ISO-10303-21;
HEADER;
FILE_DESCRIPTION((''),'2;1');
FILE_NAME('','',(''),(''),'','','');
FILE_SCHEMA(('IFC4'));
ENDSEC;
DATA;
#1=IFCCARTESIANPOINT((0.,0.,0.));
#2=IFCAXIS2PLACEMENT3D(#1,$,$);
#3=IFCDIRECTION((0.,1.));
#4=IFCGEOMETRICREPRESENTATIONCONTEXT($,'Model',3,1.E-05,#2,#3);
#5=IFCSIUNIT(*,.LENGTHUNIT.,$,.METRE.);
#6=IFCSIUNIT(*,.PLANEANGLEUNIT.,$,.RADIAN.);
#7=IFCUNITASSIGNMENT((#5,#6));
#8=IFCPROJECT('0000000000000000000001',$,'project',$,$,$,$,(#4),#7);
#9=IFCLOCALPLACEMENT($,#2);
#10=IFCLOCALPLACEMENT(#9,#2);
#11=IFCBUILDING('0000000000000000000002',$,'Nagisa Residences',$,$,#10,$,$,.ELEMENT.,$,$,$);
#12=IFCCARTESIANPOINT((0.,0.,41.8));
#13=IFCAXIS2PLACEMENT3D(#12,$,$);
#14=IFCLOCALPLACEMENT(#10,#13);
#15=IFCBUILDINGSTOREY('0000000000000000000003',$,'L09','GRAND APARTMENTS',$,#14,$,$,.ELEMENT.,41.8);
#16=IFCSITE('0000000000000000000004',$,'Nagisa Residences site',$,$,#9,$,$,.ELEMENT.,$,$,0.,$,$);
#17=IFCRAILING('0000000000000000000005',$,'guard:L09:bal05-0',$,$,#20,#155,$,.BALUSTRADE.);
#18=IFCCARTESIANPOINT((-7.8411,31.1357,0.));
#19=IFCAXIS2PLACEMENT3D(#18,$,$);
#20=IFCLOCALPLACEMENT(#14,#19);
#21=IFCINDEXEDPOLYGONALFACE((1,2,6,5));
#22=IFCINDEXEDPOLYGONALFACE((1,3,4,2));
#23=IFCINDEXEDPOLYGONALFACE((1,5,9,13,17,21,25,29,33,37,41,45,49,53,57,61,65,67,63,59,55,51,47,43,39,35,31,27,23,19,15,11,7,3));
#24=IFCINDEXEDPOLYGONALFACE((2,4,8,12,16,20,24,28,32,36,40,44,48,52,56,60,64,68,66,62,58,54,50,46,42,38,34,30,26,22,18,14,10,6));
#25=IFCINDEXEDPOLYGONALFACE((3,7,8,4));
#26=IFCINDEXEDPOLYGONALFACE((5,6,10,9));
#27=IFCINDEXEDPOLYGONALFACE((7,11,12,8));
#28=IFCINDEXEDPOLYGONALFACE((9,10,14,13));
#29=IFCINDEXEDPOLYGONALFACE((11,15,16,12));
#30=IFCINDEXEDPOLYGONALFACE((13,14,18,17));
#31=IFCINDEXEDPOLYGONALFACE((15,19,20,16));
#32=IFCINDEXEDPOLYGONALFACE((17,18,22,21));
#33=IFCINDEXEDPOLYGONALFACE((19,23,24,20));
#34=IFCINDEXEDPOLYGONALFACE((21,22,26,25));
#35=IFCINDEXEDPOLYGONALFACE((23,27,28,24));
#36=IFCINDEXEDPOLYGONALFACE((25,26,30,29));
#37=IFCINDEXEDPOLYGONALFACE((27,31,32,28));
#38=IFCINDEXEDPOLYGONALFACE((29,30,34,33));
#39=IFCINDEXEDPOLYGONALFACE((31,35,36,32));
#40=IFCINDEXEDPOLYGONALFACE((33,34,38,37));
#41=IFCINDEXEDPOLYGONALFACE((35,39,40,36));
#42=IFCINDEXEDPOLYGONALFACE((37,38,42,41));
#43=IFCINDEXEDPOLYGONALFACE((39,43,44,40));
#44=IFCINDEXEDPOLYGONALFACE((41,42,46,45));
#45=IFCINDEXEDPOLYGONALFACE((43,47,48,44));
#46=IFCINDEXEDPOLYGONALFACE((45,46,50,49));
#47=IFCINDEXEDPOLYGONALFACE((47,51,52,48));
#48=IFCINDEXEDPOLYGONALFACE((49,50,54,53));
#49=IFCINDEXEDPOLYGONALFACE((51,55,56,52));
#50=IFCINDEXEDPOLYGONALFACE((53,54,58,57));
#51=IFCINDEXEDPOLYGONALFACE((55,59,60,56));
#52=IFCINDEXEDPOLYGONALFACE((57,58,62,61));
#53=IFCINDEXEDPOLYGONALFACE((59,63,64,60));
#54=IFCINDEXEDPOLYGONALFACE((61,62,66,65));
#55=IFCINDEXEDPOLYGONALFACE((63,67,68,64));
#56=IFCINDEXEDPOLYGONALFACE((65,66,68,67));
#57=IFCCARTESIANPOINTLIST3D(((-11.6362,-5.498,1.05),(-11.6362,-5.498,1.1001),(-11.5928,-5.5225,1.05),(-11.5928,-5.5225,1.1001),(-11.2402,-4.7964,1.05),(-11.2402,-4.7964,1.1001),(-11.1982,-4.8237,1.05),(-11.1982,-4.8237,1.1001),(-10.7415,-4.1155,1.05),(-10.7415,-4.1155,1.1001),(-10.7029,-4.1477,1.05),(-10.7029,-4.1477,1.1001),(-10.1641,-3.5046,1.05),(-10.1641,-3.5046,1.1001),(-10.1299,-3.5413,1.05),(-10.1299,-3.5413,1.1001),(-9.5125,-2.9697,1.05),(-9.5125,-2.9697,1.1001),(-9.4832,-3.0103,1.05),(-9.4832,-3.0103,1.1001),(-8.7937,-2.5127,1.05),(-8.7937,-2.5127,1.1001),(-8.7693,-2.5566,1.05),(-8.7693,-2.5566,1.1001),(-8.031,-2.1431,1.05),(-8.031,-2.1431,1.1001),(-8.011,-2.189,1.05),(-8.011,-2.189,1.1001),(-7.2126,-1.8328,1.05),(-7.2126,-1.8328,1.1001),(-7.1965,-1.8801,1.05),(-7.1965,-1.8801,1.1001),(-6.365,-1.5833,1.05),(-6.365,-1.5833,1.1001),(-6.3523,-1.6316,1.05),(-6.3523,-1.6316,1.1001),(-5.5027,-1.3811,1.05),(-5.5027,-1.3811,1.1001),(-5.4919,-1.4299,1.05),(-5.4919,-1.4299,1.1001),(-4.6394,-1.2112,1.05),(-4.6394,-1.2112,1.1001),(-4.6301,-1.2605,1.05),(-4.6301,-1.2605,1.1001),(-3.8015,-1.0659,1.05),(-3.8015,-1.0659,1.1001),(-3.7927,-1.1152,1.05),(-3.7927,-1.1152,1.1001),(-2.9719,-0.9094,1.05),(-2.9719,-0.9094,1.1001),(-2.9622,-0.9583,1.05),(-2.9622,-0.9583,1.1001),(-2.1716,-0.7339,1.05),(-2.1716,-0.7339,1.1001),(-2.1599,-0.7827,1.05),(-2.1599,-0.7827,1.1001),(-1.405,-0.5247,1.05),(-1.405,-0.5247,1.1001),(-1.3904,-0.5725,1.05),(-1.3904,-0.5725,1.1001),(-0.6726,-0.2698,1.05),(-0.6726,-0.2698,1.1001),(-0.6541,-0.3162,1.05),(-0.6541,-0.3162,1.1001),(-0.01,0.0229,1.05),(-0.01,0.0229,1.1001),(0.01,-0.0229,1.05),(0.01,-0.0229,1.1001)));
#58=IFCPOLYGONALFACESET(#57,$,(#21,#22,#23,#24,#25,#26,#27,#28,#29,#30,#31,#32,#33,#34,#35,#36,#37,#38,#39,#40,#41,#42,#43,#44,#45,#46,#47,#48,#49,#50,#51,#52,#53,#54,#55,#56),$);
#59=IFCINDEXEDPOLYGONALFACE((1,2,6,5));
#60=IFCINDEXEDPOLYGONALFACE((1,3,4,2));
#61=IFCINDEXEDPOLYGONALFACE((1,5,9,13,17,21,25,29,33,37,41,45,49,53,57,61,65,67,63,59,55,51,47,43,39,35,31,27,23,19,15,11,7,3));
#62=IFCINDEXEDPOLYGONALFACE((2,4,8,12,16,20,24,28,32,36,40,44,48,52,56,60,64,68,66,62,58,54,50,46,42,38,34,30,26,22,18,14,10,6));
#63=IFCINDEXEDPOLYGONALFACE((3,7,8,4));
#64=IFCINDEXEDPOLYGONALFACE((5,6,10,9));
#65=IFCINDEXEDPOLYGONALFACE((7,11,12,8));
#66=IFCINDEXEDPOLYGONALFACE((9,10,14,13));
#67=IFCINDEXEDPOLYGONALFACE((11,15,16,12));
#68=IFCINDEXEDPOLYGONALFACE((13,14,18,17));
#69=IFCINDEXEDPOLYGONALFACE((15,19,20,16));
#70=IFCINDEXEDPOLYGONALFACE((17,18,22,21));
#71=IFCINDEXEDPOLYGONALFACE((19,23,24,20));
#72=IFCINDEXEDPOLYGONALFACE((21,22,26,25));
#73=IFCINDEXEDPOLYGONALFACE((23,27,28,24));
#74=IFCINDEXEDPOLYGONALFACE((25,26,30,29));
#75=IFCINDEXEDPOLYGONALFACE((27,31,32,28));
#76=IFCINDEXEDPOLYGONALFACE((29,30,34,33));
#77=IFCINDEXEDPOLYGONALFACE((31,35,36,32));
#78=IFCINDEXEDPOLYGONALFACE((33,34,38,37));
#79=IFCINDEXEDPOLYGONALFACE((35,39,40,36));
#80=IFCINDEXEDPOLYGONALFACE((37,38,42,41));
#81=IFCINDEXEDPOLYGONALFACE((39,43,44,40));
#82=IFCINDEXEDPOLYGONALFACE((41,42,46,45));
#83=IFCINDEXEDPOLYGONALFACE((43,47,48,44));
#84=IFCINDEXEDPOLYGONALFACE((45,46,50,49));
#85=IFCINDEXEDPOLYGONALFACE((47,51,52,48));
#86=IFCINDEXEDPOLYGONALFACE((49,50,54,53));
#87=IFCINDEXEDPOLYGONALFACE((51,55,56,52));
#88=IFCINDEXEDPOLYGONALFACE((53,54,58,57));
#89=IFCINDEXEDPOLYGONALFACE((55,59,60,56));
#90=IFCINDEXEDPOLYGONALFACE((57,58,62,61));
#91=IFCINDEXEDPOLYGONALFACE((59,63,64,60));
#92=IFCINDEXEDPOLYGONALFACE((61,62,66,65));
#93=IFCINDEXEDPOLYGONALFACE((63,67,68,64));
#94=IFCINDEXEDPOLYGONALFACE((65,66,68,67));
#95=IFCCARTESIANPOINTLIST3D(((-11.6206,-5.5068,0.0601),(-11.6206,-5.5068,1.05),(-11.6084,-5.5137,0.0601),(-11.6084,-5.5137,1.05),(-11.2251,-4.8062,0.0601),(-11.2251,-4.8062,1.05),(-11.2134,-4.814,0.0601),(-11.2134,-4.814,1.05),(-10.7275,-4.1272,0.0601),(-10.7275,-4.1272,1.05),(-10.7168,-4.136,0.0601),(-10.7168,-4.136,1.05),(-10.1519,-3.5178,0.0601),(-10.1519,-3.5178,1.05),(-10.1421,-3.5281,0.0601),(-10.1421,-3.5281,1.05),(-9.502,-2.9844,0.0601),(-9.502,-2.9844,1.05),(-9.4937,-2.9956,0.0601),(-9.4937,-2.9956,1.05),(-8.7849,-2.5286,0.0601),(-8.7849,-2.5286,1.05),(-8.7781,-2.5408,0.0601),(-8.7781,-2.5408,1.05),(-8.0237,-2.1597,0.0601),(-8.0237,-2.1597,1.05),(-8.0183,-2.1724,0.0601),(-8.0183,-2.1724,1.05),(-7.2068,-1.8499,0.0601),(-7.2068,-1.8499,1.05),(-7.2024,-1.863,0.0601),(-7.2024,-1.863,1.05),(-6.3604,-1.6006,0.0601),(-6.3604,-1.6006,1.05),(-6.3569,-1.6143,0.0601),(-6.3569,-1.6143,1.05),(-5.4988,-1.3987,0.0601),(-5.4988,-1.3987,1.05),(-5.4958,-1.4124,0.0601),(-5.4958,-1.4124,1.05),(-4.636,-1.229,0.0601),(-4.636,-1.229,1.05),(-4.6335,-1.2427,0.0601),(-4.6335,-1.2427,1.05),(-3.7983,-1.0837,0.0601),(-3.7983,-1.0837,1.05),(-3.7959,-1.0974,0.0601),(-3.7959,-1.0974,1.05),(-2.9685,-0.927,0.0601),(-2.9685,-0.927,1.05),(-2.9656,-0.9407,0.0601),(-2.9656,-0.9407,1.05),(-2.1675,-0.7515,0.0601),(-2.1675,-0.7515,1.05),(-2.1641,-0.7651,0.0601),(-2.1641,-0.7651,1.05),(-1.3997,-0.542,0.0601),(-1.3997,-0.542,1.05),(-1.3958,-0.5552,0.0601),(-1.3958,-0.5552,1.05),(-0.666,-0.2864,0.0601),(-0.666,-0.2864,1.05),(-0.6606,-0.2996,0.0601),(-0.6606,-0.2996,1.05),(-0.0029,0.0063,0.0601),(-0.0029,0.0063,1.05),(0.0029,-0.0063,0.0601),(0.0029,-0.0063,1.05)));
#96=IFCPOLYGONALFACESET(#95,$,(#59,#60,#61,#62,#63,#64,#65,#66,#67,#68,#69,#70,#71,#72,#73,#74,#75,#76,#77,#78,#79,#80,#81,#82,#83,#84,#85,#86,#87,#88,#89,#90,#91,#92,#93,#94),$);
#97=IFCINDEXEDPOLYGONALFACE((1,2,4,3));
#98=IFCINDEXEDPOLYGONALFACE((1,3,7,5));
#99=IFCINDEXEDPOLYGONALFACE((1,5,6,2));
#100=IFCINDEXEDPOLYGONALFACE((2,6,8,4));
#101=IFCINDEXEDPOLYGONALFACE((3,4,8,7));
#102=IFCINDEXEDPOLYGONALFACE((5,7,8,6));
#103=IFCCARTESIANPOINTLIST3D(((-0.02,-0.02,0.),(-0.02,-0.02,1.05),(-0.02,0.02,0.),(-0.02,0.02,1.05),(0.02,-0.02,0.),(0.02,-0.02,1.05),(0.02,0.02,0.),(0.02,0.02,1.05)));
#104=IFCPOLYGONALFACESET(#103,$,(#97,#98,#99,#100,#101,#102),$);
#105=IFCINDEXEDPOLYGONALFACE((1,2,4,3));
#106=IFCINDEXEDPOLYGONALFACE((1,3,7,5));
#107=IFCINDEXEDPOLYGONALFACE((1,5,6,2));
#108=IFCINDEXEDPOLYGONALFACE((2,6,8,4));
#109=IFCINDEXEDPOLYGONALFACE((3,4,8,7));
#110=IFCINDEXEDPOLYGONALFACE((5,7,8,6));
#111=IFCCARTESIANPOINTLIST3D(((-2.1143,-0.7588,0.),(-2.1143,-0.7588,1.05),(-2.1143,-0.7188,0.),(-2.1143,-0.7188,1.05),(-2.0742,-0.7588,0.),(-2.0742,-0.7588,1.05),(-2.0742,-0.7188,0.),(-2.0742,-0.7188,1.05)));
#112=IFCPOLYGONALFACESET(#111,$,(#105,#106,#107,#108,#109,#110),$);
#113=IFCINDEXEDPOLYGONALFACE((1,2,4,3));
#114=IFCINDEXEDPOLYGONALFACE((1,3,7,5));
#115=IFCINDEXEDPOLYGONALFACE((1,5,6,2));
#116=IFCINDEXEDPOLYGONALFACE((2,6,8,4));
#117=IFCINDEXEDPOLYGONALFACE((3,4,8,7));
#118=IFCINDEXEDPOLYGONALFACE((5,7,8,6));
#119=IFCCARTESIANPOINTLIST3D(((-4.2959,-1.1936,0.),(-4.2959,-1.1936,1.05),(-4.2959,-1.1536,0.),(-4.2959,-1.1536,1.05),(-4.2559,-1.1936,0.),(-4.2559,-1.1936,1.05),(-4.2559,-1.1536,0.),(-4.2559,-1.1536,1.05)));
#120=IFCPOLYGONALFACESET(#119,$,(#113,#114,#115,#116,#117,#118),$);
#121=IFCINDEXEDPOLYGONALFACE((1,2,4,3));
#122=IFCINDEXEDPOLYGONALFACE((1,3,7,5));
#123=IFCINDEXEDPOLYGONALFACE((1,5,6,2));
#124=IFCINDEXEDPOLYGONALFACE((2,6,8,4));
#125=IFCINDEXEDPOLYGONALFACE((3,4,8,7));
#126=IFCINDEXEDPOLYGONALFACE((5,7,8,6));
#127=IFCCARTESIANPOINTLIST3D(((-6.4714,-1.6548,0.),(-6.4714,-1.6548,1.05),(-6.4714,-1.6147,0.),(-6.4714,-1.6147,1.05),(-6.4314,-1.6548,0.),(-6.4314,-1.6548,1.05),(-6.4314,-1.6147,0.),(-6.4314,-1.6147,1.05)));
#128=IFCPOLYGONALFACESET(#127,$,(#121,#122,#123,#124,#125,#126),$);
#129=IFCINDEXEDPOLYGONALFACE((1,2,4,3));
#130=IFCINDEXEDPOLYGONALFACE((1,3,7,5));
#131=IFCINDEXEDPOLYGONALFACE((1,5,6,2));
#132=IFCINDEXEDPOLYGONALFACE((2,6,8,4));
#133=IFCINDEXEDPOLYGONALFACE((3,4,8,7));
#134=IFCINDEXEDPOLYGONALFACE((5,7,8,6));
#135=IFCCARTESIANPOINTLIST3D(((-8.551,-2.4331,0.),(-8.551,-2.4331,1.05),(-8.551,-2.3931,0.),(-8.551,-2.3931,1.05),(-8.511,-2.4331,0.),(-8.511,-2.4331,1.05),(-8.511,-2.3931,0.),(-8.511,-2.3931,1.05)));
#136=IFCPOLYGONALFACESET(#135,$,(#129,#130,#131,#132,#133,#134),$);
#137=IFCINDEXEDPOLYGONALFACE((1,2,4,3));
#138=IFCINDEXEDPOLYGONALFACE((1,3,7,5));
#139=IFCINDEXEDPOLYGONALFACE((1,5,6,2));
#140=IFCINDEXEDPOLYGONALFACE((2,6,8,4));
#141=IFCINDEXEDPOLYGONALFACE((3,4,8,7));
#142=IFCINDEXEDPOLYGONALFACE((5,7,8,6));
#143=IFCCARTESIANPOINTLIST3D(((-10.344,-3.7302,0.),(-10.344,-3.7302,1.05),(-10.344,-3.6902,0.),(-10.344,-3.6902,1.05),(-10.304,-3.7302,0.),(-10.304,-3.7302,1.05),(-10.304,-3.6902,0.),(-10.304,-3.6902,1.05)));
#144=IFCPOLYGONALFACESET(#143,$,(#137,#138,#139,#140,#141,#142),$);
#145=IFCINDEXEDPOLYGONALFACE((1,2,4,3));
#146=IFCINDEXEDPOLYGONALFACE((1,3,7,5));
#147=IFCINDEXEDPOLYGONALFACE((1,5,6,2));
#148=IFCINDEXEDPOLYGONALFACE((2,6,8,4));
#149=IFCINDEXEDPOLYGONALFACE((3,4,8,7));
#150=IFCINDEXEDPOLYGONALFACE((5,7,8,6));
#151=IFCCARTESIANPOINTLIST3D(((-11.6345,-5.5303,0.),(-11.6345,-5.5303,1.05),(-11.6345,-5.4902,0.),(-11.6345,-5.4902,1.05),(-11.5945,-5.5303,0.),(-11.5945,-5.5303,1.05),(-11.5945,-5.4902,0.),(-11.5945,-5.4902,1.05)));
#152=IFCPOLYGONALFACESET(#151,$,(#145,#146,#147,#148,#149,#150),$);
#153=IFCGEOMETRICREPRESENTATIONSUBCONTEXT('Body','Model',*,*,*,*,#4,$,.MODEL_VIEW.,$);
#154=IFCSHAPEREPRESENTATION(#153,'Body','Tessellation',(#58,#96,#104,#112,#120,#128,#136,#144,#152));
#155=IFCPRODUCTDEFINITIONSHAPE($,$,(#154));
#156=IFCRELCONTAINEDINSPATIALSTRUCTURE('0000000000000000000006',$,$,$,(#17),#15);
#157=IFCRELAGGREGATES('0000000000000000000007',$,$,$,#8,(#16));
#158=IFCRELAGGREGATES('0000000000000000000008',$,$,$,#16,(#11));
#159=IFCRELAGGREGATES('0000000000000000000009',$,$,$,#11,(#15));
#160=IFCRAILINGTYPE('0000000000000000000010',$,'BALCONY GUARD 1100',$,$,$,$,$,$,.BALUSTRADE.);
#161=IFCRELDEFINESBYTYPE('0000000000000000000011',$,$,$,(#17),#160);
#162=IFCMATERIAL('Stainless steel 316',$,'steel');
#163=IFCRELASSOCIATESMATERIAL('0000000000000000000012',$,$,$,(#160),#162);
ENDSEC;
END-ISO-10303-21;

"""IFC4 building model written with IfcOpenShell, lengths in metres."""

from ifc_helpers import new_model, si_unit, direction, frame, origin, origin_2d, place, context, subcontext, project, spatial, polyline, rectangle, outline, extrude, material, type_object, element, save


model = new_model("IFC4")

# Units and contexts
model_context = context("Model", 3, precision=1e-05, world=origin(), true_north=direction((0.0, 1.0)))
body_context = subcontext(model_context, "Body", "Model", "MODEL_VIEW")
ifc_project = project(units=[si_unit("LENGTHUNIT", "METRE"), si_unit("PLANEANGLEUNIT", "RADIAN")], contexts=[model_context])

# Site, building, storey
site_placement = place(None, origin())
site = spatial("IfcSite", under=ifc_project, at=site_placement, Name="Nagisa Residences site", CompositionType="ELEMENT", RefElevation=0.0)
building_placement = place(site_placement, origin())
building = spatial("IfcBuilding", under=site, at=building_placement, Name="Nagisa Residences", CompositionType="ELEMENT")
storey_placement = place(building_placement, frame((0.0, 0.0, 41.8)))
storey = spatial("IfcBuildingStorey", under=building, at=storey_placement, Name="L09", Description="GRAND APARTMENTS", CompositionType="ELEMENT", Elevation=41.8)

# Railing
ifc_material_1 = material(Name="Stainless steel 316", Category="steel")
railing_type = type_object("IfcRailingType", Name="BALCONY GUARD 1100", PredefinedType="BALUSTRADE", material=ifc_material_1)
railing_placement = place(storey_placement, frame((-7.8411, 31.1357, 0.0)))
element("IfcRailing", 1, at=railing_placement, inside=storey, type_object=railing_type, Name="guard:L09:bal05-0", PredefinedType="BALUSTRADE", context=body_context, shape_type="SweptSolid", body=[
    extrude(outline(polyline([(-0.6541, -0.3162), (0.01, -0.0229), (-0.01, 0.0229), (-0.6726, -0.2698), (-1.405, -0.5247), (-2.1716, -0.7339), (-2.9719, -0.9094), (-3.8015, -1.0659), (-4.6394, -1.2112), (-5.5027, -1.3811), (-6.365, -1.5833), (-7.2126, -1.8328), (-8.031, -2.1431), (-8.7937, -2.5127), (-9.5125, -2.9697), (-10.1641, -3.5046), (-10.7415, -4.1155), (-11.2402, -4.7964), (-11.6362, -5.498), (-11.5928, -5.5225), (-11.1982, -4.8237), (-10.7029, -4.1477), (-10.1299, -3.5413), (-9.4832, -3.0103), (-8.7693, -2.5566), (-8.011, -2.189), (-7.1965, -1.8801), (-6.3523, -1.6316), (-5.4919, -1.4299), (-4.6301, -1.2605), (-3.7927, -1.1152), (-2.9622, -0.9583), (-2.1599, -0.7827), (-1.3904, -0.5725), (-0.6541, -0.3162)])), frame((0.0, 0.0, 1.05)), (0.0, 0.0, 1.0), 0.05),
    extrude(outline(polyline([(-0.6606, -0.2996), (0.0029, -0.0063), (-0.0029, 0.0063), (-0.666, -0.2864), (-1.3997, -0.542), (-2.1675, -0.7515), (-2.9685, -0.927), (-3.7983, -1.0837), (-4.636, -1.229), (-5.4988, -1.3987), (-6.3604, -1.6006), (-7.2068, -1.8499), (-8.0237, -2.1597), (-8.7849, -2.5286), (-9.502, -2.9844), (-10.1519, -3.5178), (-10.7275, -4.1272), (-11.2251, -4.8062), (-11.6206, -5.5068), (-11.6084, -5.5137), (-11.2134, -4.814), (-10.7168, -4.136), (-10.1421, -3.5281), (-9.4937, -2.9956), (-8.7781, -2.5408), (-8.0183, -2.1724), (-7.2024, -1.863), (-6.3569, -1.6143), (-5.4958, -1.4124), (-4.6335, -1.2427), (-3.7959, -1.0974), (-2.9656, -0.9407), (-2.1641, -0.7651), (-1.3958, -0.5552), (-0.6606, -0.2996)])), frame((0.0, 0.0, 0.0601)), (0.0, 0.0, 1.0), 0.99),
    extrude(rectangle(XDim=0.04, YDim=0.04, at=origin_2d()), origin(), (0.0, 0.0, 1.0), 1.05),
    extrude(rectangle(XDim=0.04, YDim=0.04, at=origin_2d()), frame((-2.0942, -0.7388, 0.0)), (0.0, 0.0, 1.0), 1.05),
    extrude(rectangle(XDim=0.04, YDim=0.04, at=origin_2d()), frame((-4.2759, -1.1736, 0.0)), (0.0, 0.0, 1.0), 1.05),
    extrude(rectangle(XDim=0.04, YDim=0.04, at=origin_2d()), frame((-6.4514, -1.6348, 0.0)), (0.0, 0.0, 1.0), 1.05),
    extrude(rectangle(XDim=0.04, YDim=0.04, at=origin_2d()), frame((-8.531, -2.4131, 0.0)), (0.0, 0.0, 1.0), 1.05),
    extrude(rectangle(XDim=0.04, YDim=0.04, at=origin_2d()), frame((-10.324, -3.7102, 0.0)), (0.0, 0.0, 1.0), 1.05),
    extrude(rectangle(XDim=0.04, YDim=0.04, at=origin_2d()), frame((-11.6145, -5.5103, 0.0)), (0.0, 0.0, 1.0), 1.05),
])

save(model, "model.ifc")
